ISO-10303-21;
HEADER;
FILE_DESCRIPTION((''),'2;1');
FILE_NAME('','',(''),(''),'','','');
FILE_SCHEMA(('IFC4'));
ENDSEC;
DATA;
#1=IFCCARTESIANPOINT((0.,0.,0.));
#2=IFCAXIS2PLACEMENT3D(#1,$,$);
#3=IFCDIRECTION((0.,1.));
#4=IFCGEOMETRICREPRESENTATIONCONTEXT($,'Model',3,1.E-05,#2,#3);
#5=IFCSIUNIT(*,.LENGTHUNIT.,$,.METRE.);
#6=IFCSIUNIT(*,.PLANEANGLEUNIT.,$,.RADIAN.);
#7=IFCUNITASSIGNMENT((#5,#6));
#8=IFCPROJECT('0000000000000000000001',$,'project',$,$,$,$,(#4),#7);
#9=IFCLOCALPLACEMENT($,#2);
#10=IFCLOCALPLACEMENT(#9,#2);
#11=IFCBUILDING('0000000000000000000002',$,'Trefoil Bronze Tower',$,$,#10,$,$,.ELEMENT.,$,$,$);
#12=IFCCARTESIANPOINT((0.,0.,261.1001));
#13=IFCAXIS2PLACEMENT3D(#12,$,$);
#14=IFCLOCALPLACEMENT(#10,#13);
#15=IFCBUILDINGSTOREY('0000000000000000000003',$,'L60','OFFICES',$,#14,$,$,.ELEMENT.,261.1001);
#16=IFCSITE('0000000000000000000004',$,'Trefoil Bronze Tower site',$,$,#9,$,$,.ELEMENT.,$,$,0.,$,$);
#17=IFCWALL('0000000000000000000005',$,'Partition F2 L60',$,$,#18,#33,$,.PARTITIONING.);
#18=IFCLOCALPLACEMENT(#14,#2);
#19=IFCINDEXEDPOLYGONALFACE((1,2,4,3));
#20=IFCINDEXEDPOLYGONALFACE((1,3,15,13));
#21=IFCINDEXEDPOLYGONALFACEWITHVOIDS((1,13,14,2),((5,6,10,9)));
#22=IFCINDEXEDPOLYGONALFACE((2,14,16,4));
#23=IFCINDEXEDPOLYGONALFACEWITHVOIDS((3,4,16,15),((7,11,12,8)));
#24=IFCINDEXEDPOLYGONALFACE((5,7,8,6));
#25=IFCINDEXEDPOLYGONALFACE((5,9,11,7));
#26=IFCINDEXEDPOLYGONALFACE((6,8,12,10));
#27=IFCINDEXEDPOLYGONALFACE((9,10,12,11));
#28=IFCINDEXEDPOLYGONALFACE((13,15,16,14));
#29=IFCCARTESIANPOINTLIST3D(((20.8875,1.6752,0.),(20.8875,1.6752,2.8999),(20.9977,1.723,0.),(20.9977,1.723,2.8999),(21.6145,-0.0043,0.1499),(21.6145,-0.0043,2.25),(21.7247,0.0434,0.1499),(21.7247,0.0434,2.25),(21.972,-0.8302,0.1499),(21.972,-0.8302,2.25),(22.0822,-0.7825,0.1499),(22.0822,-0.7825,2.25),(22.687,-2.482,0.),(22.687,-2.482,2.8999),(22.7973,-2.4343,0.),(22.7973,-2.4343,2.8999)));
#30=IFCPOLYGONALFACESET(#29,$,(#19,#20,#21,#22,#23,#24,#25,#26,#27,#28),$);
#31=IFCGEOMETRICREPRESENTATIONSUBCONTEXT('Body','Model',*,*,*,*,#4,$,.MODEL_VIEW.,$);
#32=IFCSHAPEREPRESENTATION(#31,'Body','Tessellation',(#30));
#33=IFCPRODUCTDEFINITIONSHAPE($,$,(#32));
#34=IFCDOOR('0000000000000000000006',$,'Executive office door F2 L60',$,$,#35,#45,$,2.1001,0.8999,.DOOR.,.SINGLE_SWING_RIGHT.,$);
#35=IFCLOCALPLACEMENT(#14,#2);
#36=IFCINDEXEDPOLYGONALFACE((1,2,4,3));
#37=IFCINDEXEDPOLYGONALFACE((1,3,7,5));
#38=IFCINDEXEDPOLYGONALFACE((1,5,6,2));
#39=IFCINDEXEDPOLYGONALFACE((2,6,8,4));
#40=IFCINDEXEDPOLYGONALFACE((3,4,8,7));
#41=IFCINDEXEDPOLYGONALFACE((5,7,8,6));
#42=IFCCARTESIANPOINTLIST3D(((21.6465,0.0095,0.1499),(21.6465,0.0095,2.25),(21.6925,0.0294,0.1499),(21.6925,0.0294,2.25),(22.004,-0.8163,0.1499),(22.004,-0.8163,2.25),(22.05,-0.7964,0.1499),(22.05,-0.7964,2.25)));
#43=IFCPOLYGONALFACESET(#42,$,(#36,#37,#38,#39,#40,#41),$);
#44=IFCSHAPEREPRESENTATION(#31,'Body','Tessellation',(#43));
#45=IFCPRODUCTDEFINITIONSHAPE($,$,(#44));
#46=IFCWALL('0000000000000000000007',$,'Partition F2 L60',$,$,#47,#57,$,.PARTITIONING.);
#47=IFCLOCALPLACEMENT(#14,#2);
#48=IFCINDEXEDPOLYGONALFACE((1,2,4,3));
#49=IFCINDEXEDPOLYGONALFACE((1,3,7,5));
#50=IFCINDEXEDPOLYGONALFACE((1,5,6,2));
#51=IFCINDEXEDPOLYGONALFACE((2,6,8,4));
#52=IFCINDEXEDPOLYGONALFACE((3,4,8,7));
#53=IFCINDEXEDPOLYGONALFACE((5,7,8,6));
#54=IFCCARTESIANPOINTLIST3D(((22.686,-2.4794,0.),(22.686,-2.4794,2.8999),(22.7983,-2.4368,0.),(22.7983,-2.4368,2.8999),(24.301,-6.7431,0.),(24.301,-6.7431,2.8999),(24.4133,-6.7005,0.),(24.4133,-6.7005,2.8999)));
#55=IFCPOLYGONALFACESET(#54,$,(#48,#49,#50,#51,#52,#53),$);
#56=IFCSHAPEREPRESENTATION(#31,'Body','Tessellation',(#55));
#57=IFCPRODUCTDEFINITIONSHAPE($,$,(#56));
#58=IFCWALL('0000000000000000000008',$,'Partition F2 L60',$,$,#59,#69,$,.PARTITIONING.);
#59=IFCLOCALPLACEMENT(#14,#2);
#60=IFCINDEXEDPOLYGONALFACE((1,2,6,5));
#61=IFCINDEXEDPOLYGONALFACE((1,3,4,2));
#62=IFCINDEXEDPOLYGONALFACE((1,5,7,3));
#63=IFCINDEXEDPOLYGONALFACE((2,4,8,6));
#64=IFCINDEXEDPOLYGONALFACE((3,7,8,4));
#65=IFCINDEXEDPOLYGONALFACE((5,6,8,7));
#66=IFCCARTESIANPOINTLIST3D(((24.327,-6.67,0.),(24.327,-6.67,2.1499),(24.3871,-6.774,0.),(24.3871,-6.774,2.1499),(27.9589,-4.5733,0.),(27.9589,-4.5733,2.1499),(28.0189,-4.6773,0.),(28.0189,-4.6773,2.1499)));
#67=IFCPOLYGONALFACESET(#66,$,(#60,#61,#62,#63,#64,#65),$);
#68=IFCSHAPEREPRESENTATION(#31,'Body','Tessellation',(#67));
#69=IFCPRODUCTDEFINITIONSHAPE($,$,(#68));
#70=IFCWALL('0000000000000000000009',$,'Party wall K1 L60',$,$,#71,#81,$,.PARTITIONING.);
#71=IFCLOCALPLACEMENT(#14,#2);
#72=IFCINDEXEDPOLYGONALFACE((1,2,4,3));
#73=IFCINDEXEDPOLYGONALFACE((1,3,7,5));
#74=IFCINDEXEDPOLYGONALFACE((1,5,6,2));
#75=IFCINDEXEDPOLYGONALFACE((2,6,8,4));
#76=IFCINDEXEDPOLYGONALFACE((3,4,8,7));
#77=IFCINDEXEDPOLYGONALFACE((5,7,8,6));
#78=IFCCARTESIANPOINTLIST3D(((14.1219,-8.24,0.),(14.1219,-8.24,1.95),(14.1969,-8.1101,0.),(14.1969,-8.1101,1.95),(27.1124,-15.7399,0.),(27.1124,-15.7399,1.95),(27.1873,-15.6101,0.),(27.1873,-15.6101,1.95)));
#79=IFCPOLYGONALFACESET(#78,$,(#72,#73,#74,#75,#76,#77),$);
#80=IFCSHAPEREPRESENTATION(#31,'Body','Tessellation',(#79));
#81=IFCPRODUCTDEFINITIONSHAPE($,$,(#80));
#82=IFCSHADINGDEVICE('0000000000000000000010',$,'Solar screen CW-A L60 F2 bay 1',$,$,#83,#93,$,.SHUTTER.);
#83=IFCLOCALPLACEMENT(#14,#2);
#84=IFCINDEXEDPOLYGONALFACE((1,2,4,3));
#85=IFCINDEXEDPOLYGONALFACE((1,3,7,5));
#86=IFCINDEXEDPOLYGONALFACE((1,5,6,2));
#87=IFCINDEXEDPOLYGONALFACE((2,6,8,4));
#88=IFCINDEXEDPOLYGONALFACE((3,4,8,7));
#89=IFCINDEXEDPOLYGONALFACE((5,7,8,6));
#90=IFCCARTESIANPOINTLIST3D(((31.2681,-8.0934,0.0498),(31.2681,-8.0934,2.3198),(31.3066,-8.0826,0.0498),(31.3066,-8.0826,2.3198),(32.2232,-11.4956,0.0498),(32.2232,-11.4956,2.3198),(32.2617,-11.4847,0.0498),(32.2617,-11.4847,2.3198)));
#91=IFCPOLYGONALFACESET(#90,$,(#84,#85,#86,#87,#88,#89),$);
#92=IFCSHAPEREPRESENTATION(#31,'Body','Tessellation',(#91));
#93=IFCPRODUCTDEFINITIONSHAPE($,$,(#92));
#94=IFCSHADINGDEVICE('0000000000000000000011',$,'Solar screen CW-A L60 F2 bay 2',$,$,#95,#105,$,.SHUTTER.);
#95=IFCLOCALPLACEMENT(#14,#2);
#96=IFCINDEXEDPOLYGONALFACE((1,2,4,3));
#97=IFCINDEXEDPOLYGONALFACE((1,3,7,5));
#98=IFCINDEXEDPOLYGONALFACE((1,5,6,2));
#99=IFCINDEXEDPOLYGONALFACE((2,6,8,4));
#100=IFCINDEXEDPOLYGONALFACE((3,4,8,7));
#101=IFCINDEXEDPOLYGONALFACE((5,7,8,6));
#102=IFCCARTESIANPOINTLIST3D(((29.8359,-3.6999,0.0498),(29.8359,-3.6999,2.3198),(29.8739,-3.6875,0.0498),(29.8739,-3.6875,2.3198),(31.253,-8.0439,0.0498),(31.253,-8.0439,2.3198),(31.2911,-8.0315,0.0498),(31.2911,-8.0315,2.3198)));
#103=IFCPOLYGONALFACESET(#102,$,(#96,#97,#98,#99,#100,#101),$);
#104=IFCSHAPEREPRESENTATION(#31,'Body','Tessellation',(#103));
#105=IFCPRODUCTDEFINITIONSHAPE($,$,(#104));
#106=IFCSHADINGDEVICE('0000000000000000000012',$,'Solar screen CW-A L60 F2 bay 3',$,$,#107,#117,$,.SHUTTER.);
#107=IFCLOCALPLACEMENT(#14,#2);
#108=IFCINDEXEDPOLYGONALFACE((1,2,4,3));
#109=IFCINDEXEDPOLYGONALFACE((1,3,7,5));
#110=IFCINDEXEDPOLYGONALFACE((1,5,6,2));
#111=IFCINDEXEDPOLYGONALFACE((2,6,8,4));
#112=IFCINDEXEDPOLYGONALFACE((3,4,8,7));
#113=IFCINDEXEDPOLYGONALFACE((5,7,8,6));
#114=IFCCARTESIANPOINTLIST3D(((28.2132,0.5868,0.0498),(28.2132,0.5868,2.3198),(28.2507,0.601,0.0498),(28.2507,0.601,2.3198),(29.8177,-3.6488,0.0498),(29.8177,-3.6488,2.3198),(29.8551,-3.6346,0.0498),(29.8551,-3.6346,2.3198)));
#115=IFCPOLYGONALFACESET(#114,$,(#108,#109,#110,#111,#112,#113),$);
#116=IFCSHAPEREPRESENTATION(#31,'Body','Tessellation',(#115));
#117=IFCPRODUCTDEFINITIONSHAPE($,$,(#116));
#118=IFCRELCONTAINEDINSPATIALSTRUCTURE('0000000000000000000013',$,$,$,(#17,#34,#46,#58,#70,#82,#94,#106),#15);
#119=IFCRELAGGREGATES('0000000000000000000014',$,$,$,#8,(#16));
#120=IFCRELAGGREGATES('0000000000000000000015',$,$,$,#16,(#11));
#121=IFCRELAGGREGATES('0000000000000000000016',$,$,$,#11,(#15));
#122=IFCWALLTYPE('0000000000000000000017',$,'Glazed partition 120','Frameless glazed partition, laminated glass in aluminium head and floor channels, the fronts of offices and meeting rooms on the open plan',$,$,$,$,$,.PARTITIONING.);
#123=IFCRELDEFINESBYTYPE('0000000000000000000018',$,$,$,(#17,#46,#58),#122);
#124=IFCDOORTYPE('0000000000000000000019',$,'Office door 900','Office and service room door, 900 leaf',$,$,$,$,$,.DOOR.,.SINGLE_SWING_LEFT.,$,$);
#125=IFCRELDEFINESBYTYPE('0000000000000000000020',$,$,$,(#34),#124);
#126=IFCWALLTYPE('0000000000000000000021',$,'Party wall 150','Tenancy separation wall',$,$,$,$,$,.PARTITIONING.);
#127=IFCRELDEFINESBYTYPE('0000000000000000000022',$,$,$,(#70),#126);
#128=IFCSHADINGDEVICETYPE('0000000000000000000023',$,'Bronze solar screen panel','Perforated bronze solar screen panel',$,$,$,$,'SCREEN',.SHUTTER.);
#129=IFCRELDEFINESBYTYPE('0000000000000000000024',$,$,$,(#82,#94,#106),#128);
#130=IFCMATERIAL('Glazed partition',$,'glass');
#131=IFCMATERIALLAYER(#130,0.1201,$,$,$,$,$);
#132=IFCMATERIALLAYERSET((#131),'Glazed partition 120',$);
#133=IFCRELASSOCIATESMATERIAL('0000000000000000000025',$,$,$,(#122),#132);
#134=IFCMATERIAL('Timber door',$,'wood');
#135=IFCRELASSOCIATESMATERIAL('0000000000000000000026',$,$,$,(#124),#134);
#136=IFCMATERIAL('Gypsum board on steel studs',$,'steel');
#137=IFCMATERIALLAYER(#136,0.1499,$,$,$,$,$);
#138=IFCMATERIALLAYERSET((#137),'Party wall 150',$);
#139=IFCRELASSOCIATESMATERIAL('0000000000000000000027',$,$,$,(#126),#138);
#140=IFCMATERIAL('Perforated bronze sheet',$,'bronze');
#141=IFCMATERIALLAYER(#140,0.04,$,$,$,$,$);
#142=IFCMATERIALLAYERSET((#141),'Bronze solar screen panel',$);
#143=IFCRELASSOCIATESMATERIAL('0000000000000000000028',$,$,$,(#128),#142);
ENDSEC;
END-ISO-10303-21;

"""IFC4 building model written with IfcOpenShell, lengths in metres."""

from ifc_helpers import new_model, si_unit, direction, frame, frame_2d, origin, origin_2d, place, context, subcontext, project, spatial, rectangle, extrude, material, layer, layer_set, type_object, element, fill, save


model = new_model("IFC4")

# Units and contexts
model_context = context("Model", 3, precision=1e-05, world=origin(), true_north=direction((0.0, 1.0)))
body_context = subcontext(model_context, "Body", "Model", "MODEL_VIEW")
ifc_project = project(units=[si_unit("LENGTHUNIT", "METRE"), si_unit("PLANEANGLEUNIT", "RADIAN")], contexts=[model_context])

# Site, building, storey
site_placement = place(None, origin())
site = spatial("IfcSite", under=ifc_project, at=site_placement, Name="Trefoil Bronze Tower site", CompositionType="ELEMENT", RefElevation=0.0)
building_placement = place(site_placement, origin())
building = spatial("IfcBuilding", under=site, at=building_placement, Name="Trefoil Bronze Tower", CompositionType="ELEMENT")
storey_placement = place(building_placement, frame((0.0, 0.0, 261.1001)))
storey = spatial("IfcBuildingStorey", under=building, at=storey_placement, Name="L60", Description="OFFICES", CompositionType="ELEMENT", Elevation=261.1001)

# Wall, opening, door
ifc_material_1 = material(Name="Glazed partition", Category="glass")
ifc_layer_1 = layer(ifc_material_1, 0.1201)
ifc_layer_set_1 = layer_set([ifc_layer_1], Name="Glazed partition 120")
wall_type_1 = type_object("IfcWallType", Name="Glazed partition 120", Description="Frameless glazed partition, laminated glass in aluminium head and floor channels, the fronts of offices and meeting rooms on the open plan", PredefinedType="PARTITIONING", material=ifc_layer_set_1)
wall_1_placement = place(storey_placement, frame((22.7422, -2.4583, 0.0), z_axis=(0.0, 0.0, 1.0), x_axis=(-0.397253, 0.917709, 0.0)))
wall_1 = element("IfcWall", 1, at=wall_1_placement, inside=storey, type_object=wall_type_1, Name="Partition F2 L60", PredefinedType="PARTITIONING", context=body_context, shape_type="SweptSolid", body=[
    extrude(rectangle(XDim=4.53, YDim=0.1201, at=frame_2d((2.2651, 0.0))), origin(), (0.0, 0.0, 1.0), 2.8999),
])
opening_1_placement = place(wall_1_placement, frame((1.8, 0.0, 0.1499)))
opening_1 = element("IfcOpeningElement", 2, at=opening_1_placement, cuts=wall_1, PredefinedType="OPENING", context=body_context, shape_type="SweptSolid", body=[
    extrude(rectangle(XDim=0.8999, YDim=2.1001, at=frame_2d((0.45, 1.05))), frame((0.0, 0.0701, 0.0), z_axis=(0.0, -1.0, 0.0), x_axis=(1.0, 0.0, 0.0)), (0.0, 0.0, 1.0), 0.1401),
])
ifc_material_2 = material(Name="Timber door", Category="wood")
door_type_1 = type_object("IfcDoorType", Name="Office door 900", Description="Office and service room door, 900 leaf", OperationType="SINGLE_SWING_LEFT", PredefinedType="DOOR", material=ifc_material_2)
door_1_placement = place(opening_1_placement, frame((0.8999, 0.0, 0.0), z_axis=(0.0, 0.0, 1.0), x_axis=(-1.0, 0.0, 0.0)))
door_1 = element("IfcDoor", 3, at=door_1_placement, inside=storey, type_object=door_type_1, Name="Executive office door F2 L60", OperationType="SINGLE_SWING_RIGHT", OverallHeight=2.1001, OverallWidth=0.8999, PredefinedType="DOOR", context=body_context, shape_type="SweptSolid", body=[
    extrude(rectangle(XDim=0.8999, YDim=2.1001, at=frame_2d((0.45, 1.05))), frame((0.0, 0.0249, 0.0), z_axis=(0.0, -1.0, 0.0), x_axis=(1.0, 0.0, 0.0)), (0.0, 0.0, 1.0), 0.05),
])
fill(opening_1, door_1)

# Walls
wall_2_placement = place(storey_placement, frame((24.3572, -6.7219, 0.0), z_axis=(0.0, 0.0, 1.0), x_axis=(-0.35422, 0.935162, 0.0)))
element("IfcWall", 4, at=wall_2_placement, inside=storey, type_object=wall_type_1, Name="Partition F2 L60", PredefinedType="PARTITIONING", context=body_context, shape_type="SweptSolid", body=[
    extrude(rectangle(XDim=4.5593, YDim=0.1201, at=frame_2d((2.2798, 0.0))), origin(), (0.0, 0.0, 1.0), 2.8999),
])
wall_3_placement = place(storey_placement, frame((24.3572, -6.7219, 0.0), z_axis=(0.0, 0.0, 1.0), x_axis=(0.866042, 0.499971, 0.0)))
element("IfcWall", 5, at=wall_3_placement, inside=storey, type_object=wall_type_1, Name="Partition F2 L60", PredefinedType="PARTITIONING", context=body_context, shape_type="SweptSolid", body=[
    extrude(rectangle(XDim=4.1936, YDim=0.1201, at=frame_2d((2.0967, 0.0))), origin(), (0.0, 0.0, 1.0), 2.1499),
])
ifc_material_3 = material(Name="Gypsum board on steel studs", Category="steel")
ifc_layer_2 = layer(ifc_material_3, 0.1499)
ifc_layer_set_2 = layer_set([ifc_layer_2], Name="Party wall 150")
wall_type_2 = type_object("IfcWallType", Name="Party wall 150", Description="Tenancy separation wall", PredefinedType="PARTITIONING", material=ifc_layer_set_2)
wall_4_placement = place(storey_placement, frame((14.1594, -8.175, 0.0), z_axis=(0.0, 0.0, 1.0), x_axis=(0.866027, -0.499997, 0.0)))
element("IfcWall", 6, at=wall_4_placement, inside=storey, type_object=wall_type_2, Name="Party wall K1 L60", PredefinedType="PARTITIONING", context=body_context, shape_type="SweptSolid", body=[
    extrude(rectangle(XDim=15.0, YDim=0.1499, at=frame_2d((7.5, 0.0))), origin(), (0.0, 0.0, 1.0), 1.95),
])

# Shading devices
ifc_material_4 = material(Name="Perforated bronze sheet", Category="bronze")
ifc_layer_3 = layer(ifc_material_4, 0.04)
ifc_layer_set_3 = layer_set([ifc_layer_3], Name="Bronze solar screen panel")
shading_device_type = type_object("IfcShadingDeviceType", Name="Bronze solar screen panel", Description="Perforated bronze solar screen panel", ElementType="SCREEN", PredefinedType="SHUTTER", material=ifc_layer_set_3)
shading_device_1_placement = place(storey_placement, frame((31.7649, -9.7891, 0.0498), z_axis=(0.0, 0.0, 1.0), x_axis=(-0.270282, 0.962781, 0.0)))
element("IfcShadingDevice", 7, at=shading_device_1_placement, inside=storey, type_object=shading_device_type, Name="Solar screen CW-A L60 F2 bay 1", PredefinedType="SHUTTER", context=body_context, shape_type="SweptSolid", body=[
    extrude(rectangle(XDim=3.5337, YDim=0.04, at=origin_2d()), origin(), (0.0, 0.0, 1.0), 2.27),
])
shading_device_2_placement = place(storey_placement, frame((30.5635, -5.8657, 0.0498), z_axis=(0.0, 0.0, 1.0), x_axis=(-0.310149, 0.950688, 0.0)))
element("IfcShadingDevice", 8, at=shading_device_2_placement, inside=storey, type_object=shading_device_type, Name="Solar screen CW-A L60 F2 bay 2", PredefinedType="SHUTTER", context=body_context, shape_type="SweptSolid", body=[
    extrude(rectangle(XDim=4.5693, YDim=0.04, at=origin_2d()), origin(), (0.0, 0.0, 1.0), 2.27),
])
shading_device_3_placement = place(storey_placement, frame((29.0342, -1.5239, 0.0498), z_axis=(0.0, 0.0, 1.0), x_axis=(-0.354234, 0.935157, 0.0)))
element("IfcShadingDevice", 9, at=shading_device_3_placement, inside=storey, type_object=shading_device_type, Name="Solar screen CW-A L60 F2 bay 3", PredefinedType="SHUTTER", context=body_context, shape_type="SweptSolid", body=[
    extrude(rectangle(XDim=4.5293, YDim=0.04, at=origin_2d()), origin(), (0.0, 0.0, 1.0), 2.27),
])

save(model, "model.ifc")
